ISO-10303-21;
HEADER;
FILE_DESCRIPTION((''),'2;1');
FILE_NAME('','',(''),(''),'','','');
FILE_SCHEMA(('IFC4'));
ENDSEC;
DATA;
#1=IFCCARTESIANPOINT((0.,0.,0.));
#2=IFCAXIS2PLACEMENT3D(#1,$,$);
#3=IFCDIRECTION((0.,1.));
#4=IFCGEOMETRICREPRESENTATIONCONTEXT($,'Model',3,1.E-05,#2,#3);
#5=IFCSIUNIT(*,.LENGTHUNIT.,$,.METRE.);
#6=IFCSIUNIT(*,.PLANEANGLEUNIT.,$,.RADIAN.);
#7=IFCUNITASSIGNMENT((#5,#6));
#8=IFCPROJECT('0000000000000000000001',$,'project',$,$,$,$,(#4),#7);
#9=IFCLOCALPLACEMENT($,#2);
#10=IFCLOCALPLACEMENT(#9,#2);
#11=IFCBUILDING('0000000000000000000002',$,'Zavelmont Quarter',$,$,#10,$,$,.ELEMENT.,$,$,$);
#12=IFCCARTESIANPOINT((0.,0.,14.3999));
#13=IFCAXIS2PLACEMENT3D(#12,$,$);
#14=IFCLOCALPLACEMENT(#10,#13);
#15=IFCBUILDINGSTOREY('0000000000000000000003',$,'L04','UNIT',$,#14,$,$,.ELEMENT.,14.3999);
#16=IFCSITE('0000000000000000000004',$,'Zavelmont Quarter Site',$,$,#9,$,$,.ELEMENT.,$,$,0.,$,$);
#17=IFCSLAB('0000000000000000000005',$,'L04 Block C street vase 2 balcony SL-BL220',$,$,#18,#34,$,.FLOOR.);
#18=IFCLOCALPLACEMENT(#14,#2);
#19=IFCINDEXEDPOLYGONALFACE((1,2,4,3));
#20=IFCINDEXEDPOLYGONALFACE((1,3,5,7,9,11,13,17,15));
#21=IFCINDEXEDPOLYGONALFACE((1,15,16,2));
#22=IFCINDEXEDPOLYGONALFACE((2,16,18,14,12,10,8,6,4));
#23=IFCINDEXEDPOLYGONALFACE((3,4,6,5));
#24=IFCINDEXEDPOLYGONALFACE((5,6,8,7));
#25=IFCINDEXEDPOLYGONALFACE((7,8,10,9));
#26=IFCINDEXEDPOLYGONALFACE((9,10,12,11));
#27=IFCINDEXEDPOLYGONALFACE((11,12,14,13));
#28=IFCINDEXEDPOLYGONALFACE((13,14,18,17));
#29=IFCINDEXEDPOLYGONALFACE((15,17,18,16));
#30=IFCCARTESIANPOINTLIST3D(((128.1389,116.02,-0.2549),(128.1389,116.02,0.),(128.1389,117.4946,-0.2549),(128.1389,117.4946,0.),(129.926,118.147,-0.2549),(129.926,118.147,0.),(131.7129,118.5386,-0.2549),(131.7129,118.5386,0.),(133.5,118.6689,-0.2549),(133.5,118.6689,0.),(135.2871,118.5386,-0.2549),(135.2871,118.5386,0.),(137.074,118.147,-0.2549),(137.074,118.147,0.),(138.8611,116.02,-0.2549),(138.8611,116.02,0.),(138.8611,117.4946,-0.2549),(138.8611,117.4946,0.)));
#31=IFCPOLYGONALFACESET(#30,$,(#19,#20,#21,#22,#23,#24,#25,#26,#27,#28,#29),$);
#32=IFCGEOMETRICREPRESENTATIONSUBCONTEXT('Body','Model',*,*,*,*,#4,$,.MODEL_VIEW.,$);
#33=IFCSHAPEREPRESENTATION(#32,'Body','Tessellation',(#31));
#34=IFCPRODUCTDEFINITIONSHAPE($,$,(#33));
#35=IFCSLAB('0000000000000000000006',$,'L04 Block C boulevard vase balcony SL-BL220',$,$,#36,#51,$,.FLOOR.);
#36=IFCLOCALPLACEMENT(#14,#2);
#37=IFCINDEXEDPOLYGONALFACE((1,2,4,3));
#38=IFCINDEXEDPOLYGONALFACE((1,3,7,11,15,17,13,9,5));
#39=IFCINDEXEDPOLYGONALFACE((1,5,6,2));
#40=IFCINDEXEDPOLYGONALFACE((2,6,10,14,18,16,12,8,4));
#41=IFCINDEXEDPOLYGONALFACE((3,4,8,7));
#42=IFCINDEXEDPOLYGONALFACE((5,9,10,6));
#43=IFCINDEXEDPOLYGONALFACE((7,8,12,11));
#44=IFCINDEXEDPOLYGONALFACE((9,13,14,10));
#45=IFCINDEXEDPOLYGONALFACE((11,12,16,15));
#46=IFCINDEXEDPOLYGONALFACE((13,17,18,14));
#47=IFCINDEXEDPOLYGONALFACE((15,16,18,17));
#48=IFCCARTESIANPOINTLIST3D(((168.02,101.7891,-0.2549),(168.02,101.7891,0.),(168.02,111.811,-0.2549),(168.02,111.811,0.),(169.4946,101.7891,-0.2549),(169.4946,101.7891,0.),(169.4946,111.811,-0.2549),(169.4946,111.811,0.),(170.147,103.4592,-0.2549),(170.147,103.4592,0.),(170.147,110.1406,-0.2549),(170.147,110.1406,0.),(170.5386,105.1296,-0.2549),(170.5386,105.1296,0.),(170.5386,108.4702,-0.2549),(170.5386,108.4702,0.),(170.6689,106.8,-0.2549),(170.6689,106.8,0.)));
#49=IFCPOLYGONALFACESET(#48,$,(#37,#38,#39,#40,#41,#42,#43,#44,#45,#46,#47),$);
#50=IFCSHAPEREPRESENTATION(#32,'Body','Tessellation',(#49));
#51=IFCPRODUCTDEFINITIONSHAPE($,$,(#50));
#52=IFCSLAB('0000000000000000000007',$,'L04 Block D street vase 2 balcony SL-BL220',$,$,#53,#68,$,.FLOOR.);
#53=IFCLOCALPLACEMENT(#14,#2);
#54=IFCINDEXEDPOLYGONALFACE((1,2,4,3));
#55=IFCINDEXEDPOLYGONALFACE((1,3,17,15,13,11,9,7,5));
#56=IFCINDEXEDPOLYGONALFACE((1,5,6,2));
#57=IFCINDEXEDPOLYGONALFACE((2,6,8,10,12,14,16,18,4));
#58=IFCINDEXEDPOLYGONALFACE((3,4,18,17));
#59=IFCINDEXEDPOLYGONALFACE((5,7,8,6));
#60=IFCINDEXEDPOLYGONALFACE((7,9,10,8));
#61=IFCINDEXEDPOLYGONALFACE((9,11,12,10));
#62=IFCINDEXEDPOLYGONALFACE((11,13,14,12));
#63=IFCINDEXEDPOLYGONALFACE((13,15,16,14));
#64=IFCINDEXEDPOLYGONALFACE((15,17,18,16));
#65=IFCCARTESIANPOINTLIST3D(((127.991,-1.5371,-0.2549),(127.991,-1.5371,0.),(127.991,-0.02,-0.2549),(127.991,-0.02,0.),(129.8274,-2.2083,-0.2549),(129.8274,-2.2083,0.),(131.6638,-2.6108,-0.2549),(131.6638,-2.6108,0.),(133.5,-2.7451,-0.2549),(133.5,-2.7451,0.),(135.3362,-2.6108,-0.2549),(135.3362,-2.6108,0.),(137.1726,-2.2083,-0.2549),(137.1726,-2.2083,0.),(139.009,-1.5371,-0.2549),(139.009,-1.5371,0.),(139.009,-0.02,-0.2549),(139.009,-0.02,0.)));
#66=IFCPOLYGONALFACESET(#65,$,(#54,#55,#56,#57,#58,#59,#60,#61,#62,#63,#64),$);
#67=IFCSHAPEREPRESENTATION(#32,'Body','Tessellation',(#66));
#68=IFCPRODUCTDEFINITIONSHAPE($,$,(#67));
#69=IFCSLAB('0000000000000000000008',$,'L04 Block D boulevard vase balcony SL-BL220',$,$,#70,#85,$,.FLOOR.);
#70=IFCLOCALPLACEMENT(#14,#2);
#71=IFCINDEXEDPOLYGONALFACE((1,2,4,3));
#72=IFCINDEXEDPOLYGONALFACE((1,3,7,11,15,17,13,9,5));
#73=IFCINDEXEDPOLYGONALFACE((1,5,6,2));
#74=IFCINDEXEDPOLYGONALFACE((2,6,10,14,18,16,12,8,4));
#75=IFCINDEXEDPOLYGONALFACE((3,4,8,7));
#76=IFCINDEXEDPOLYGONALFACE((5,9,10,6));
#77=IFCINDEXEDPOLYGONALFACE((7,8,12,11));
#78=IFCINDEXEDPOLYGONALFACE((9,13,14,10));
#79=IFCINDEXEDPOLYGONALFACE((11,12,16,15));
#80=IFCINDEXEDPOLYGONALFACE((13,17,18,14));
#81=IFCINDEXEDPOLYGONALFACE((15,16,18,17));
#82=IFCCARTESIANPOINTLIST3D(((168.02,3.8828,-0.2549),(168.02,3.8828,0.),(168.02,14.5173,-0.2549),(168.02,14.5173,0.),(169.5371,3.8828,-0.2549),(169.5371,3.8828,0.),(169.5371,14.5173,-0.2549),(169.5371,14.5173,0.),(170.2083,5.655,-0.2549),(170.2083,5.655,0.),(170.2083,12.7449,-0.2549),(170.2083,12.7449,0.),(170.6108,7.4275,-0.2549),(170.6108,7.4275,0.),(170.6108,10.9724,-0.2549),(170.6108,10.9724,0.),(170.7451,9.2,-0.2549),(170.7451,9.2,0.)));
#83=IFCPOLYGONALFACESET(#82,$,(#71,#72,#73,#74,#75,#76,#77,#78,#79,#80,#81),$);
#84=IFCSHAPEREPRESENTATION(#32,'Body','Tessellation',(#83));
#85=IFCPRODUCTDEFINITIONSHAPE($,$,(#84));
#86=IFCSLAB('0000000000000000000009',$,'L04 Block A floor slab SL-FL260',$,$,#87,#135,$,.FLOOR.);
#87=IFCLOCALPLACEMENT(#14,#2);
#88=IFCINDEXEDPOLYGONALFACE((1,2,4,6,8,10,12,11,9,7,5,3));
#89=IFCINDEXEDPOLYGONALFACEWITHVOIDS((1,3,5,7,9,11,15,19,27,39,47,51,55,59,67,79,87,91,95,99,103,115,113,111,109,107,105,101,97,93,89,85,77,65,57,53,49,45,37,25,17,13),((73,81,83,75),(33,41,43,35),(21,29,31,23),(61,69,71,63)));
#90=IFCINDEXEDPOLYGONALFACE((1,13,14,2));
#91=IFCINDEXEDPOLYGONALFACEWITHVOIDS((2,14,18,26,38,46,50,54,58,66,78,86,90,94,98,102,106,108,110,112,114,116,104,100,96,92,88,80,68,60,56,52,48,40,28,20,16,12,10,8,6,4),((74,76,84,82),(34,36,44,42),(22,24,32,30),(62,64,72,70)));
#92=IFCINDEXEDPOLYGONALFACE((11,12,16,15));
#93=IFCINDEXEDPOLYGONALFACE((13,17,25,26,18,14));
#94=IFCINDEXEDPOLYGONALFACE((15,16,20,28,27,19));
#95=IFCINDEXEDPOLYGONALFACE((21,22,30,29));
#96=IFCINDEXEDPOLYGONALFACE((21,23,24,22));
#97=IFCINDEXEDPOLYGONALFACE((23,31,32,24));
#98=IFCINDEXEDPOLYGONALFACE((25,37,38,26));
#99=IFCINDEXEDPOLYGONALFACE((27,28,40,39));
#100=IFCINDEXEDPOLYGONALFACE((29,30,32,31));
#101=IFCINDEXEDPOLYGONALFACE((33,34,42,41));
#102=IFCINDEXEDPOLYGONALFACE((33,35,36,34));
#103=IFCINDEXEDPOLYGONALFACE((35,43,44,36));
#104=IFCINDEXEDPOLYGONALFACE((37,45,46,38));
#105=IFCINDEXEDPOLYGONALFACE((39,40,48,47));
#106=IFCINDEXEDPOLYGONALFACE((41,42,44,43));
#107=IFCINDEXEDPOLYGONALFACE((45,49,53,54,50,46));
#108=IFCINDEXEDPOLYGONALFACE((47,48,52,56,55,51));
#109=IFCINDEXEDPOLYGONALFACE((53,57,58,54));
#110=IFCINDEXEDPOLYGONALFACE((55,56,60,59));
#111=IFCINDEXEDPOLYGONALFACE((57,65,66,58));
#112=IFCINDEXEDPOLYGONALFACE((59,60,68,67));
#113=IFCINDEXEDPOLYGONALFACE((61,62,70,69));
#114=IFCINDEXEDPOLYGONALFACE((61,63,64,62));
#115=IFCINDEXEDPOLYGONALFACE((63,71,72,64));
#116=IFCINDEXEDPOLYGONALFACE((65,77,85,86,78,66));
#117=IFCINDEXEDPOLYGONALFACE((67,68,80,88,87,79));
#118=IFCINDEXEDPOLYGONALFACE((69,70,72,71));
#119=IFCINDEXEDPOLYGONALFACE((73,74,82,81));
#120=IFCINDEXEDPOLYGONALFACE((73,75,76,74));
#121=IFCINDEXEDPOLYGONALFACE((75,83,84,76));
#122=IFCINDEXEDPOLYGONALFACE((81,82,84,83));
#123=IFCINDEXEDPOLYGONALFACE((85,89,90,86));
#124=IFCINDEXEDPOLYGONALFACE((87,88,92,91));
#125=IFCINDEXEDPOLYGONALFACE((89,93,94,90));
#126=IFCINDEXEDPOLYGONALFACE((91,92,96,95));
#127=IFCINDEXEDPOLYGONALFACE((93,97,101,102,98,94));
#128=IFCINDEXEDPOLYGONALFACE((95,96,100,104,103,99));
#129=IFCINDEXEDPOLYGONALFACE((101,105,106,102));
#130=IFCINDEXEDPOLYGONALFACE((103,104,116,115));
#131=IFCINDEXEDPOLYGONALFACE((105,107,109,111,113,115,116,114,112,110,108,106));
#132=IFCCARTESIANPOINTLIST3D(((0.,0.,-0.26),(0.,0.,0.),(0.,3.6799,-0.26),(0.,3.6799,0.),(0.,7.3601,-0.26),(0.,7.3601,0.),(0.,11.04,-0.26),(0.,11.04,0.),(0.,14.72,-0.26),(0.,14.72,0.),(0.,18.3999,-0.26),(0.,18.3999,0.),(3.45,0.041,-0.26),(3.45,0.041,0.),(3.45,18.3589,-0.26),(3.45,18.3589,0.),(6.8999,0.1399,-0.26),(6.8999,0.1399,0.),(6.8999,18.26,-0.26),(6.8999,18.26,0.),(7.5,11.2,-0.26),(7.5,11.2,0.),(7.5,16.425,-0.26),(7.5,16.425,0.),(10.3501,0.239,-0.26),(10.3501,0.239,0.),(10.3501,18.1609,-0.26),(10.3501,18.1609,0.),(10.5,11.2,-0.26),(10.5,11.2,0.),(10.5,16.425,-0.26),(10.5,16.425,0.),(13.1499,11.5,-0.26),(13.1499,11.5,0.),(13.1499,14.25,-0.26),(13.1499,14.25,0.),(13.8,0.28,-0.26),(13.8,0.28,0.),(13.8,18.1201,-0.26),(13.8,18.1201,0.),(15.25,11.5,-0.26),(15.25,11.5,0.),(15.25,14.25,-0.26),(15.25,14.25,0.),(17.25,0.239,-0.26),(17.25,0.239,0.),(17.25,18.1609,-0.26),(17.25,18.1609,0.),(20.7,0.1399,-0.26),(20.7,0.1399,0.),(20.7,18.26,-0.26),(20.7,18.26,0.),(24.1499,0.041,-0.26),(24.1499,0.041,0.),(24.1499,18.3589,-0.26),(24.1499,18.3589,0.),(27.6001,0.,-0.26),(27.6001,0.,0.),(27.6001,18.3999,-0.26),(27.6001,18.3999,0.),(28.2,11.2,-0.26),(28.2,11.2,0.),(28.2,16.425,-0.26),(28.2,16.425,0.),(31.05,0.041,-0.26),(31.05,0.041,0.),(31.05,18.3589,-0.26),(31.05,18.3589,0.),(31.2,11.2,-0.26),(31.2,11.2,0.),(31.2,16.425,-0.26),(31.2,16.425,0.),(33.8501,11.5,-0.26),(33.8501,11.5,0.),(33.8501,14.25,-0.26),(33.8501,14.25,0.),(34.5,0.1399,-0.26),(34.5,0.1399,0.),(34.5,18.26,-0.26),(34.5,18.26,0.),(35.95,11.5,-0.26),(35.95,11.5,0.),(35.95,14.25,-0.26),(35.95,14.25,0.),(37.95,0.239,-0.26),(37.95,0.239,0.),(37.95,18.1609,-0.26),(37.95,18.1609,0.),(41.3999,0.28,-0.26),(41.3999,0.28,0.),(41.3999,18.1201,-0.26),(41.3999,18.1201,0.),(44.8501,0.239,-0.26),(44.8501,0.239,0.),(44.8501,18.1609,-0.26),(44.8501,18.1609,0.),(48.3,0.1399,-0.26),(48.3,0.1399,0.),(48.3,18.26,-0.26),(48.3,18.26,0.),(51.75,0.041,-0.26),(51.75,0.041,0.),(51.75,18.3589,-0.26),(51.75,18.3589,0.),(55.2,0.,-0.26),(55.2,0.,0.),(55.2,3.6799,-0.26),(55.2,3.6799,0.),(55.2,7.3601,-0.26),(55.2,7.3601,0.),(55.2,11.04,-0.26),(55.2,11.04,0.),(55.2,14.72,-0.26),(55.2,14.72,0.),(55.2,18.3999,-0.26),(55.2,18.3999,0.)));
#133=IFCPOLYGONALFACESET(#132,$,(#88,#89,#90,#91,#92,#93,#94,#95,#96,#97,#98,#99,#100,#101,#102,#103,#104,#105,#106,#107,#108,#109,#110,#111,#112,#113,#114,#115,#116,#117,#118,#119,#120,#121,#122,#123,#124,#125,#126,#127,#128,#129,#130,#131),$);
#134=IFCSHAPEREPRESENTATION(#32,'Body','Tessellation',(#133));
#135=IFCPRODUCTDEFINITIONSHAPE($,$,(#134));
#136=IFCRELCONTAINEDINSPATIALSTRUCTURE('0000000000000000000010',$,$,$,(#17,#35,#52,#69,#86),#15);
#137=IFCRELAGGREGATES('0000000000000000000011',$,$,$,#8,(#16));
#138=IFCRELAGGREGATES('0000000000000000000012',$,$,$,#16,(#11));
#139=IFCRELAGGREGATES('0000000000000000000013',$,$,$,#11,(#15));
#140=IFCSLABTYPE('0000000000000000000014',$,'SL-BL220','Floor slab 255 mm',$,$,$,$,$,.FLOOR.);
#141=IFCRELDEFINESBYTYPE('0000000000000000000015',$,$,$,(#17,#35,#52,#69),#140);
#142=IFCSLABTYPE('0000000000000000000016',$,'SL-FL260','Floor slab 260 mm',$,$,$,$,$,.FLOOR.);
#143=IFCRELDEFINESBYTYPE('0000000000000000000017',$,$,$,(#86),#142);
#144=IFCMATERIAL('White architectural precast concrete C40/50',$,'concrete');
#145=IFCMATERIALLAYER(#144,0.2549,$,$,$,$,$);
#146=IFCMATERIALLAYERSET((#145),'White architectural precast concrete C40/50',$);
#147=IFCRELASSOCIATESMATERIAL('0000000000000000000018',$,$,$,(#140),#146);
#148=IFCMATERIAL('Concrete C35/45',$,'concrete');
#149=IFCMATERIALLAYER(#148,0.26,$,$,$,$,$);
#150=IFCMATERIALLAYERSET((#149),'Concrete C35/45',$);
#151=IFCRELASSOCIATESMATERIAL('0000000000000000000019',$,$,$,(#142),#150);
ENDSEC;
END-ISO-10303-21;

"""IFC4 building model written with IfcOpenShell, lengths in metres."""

from ifc_helpers import new_model, si_unit, direction, frame, origin, place, context, subcontext, project, spatial, polyline, outline, extrude, material, layer, layer_set, type_object, element, save


model = new_model("IFC4")

# Units and contexts
model_context = context("Model", 3, precision=1e-05, world=origin(), true_north=direction((0.0, 1.0)))
body_context = subcontext(model_context, "Body", "Model", "MODEL_VIEW")
ifc_project = project(units=[si_unit("LENGTHUNIT", "METRE"), si_unit("PLANEANGLEUNIT", "RADIAN")], contexts=[model_context])

# Site, building, storey
site_placement = place(None, origin())
site = spatial("IfcSite", under=ifc_project, at=site_placement, Name="Zavelmont Quarter Site", CompositionType="ELEMENT", RefElevation=0.0)
building_placement = place(site_placement, origin())
building = spatial("IfcBuilding", under=site, at=building_placement, Name="Zavelmont Quarter", CompositionType="ELEMENT")
storey_placement = place(building_placement, frame((0.0, 0.0, 14.3999)))
storey = spatial("IfcBuildingStorey", under=building, at=storey_placement, Name="L04", Description="UNIT", CompositionType="ELEMENT", Elevation=14.3999)

# Slabs
ifc_material_1 = material(Name="White architectural precast concrete C40/50", Category="concrete")
ifc_layer_1 = layer(ifc_material_1, 0.2549)
ifc_layer_set_1 = layer_set([ifc_layer_1], Name="White architectural precast concrete C40/50")
slab_type_1 = type_object("IfcSlabType", Name="SL-BL220", Description="Floor slab 255 mm", PredefinedType="FLOOR", material=ifc_layer_set_1)
slab_1_placement = place(storey_placement, frame((0.0, 0.0, -0.2549)))
element("IfcSlab", 1, at=slab_1_placement, inside=storey, type_object=slab_type_1, Name="L04 Block C street vase 2 balcony SL-BL220", PredefinedType="FLOOR", context=body_context, shape_type="SweptSolid", body=[
    extrude(outline(polyline([(138.8611, 116.02), (138.8611, 117.4946), (137.074, 118.147), (135.2871, 118.5386), (133.5, 118.6689), (131.7129, 118.5386), (129.926, 118.147), (128.1389, 117.4946), (128.1389, 116.02), (138.8611, 116.02)])), origin(), (0.0, 0.0, 1.0), 0.2549),
])
slab_2_placement = place(storey_placement, frame((0.0, 0.0, -0.2549)))
element("IfcSlab", 2, at=slab_2_placement, inside=storey, type_object=slab_type_1, Name="L04 Block C boulevard vase balcony SL-BL220", PredefinedType="FLOOR", context=body_context, shape_type="SweptSolid", body=[
    extrude(outline(polyline([(168.02, 101.7891), (169.4946, 101.7891), (170.147, 103.4592), (170.5386, 105.1296), (170.6689, 106.8), (170.5386, 108.4702), (170.147, 110.1406), (169.4946, 111.811), (168.02, 111.811), (168.02, 101.7891)])), origin(), (0.0, 0.0, 1.0), 0.2549),
])
slab_3_placement = place(storey_placement, frame((0.0, 0.0, -0.2549)))
element("IfcSlab", 3, at=slab_3_placement, inside=storey, type_object=slab_type_1, Name="L04 Block D street vase 2 balcony SL-BL220", PredefinedType="FLOOR", context=body_context, shape_type="SweptSolid", body=[
    extrude(outline(polyline([(127.991, -0.02), (127.991, -1.5371), (129.8274, -2.2083), (131.6638, -2.6108), (133.5, -2.7451), (135.3362, -2.6108), (137.1726, -2.2083), (139.009, -1.5371), (139.009, -0.02), (127.991, -0.02)])), origin(), (0.0, 0.0, 1.0), 0.2549),
])
slab_4_placement = place(storey_placement, frame((0.0, 0.0, -0.2549)))
element("IfcSlab", 4, at=slab_4_placement, inside=storey, type_object=slab_type_1, Name="L04 Block D boulevard vase balcony SL-BL220", PredefinedType="FLOOR", context=body_context, shape_type="SweptSolid", body=[
    extrude(outline(polyline([(168.02, 3.8828), (169.5371, 3.8828), (170.2083, 5.655), (170.6108, 7.4275), (170.7451, 9.2), (170.6108, 10.9724), (170.2083, 12.7449), (169.5371, 14.5173), (168.02, 14.5173), (168.02, 3.8828)])), origin(), (0.0, 0.0, 1.0), 0.2549),
])
ifc_material_2 = material(Name="Concrete C35/45", Category="concrete")
ifc_layer_2 = layer(ifc_material_2, 0.26)
ifc_layer_set_2 = layer_set([ifc_layer_2], Name="Concrete C35/45")
slab_type_2 = type_object("IfcSlabType", Name="SL-FL260", Description="Floor slab 260 mm", PredefinedType="FLOOR", material=ifc_layer_set_2)
slab_5_placement = place(storey_placement, frame((0.0, 0.0, -0.26)))
element("IfcSlab", 5, at=slab_5_placement, inside=storey, type_object=slab_type_2, Name="L04 Block A floor slab SL-FL260", PredefinedType="FLOOR", context=body_context, shape_type="SweptSolid", body=[
    extrude(outline(polyline([(0.0, 0.0), (3.45, 0.041), (6.8999, 0.1399), (10.3501, 0.239), (13.8, 0.28), (17.25, 0.239), (20.7, 0.1399), (24.1499, 0.041), (27.6001, 0.0), (31.05, 0.041), (34.5, 0.1399), (37.95, 0.239), (41.3999, 0.28), (44.8501, 0.239), (48.3, 0.1399), (51.75, 0.041), (55.2, 0.0), (55.2, 3.6799), (55.2, 7.3601), (55.2, 11.04), (55.2, 14.72), (55.2, 18.3999), (51.75, 18.3589), (48.3, 18.26), (44.8501, 18.1609), (41.3999, 18.1201), (37.95, 18.1609), (34.5, 18.26), (31.05, 18.3589), (27.6001, 18.3999), (24.1499, 18.3589), (20.7, 18.26), (17.25, 18.1609), (13.8, 18.1201), (10.3501, 18.1609), (6.8999, 18.26), (3.45, 18.3589), (0.0, 18.3999), (0.0, 14.72), (0.0, 11.04), (0.0, 7.3601), (0.0, 3.6799), (0.0, 0.0)]), holes=[polyline([(7.5, 16.425), (7.5, 11.2), (10.5, 11.2), (10.5, 16.425), (7.5, 16.425)]), polyline([(13.1499, 11.5), (15.25, 11.5), (15.25, 14.25), (13.1499, 14.25), (13.1499, 11.5)]), polyline([(28.2, 16.425), (28.2, 11.2), (31.2, 11.2), (31.2, 16.425), (28.2, 16.425)]), polyline([(33.8501, 11.5), (35.95, 11.5), (35.95, 14.25), (33.8501, 14.25), (33.8501, 11.5)])]), origin(), (0.0, 0.0, 1.0), 0.26),
])

save(model, "model.ifc")
